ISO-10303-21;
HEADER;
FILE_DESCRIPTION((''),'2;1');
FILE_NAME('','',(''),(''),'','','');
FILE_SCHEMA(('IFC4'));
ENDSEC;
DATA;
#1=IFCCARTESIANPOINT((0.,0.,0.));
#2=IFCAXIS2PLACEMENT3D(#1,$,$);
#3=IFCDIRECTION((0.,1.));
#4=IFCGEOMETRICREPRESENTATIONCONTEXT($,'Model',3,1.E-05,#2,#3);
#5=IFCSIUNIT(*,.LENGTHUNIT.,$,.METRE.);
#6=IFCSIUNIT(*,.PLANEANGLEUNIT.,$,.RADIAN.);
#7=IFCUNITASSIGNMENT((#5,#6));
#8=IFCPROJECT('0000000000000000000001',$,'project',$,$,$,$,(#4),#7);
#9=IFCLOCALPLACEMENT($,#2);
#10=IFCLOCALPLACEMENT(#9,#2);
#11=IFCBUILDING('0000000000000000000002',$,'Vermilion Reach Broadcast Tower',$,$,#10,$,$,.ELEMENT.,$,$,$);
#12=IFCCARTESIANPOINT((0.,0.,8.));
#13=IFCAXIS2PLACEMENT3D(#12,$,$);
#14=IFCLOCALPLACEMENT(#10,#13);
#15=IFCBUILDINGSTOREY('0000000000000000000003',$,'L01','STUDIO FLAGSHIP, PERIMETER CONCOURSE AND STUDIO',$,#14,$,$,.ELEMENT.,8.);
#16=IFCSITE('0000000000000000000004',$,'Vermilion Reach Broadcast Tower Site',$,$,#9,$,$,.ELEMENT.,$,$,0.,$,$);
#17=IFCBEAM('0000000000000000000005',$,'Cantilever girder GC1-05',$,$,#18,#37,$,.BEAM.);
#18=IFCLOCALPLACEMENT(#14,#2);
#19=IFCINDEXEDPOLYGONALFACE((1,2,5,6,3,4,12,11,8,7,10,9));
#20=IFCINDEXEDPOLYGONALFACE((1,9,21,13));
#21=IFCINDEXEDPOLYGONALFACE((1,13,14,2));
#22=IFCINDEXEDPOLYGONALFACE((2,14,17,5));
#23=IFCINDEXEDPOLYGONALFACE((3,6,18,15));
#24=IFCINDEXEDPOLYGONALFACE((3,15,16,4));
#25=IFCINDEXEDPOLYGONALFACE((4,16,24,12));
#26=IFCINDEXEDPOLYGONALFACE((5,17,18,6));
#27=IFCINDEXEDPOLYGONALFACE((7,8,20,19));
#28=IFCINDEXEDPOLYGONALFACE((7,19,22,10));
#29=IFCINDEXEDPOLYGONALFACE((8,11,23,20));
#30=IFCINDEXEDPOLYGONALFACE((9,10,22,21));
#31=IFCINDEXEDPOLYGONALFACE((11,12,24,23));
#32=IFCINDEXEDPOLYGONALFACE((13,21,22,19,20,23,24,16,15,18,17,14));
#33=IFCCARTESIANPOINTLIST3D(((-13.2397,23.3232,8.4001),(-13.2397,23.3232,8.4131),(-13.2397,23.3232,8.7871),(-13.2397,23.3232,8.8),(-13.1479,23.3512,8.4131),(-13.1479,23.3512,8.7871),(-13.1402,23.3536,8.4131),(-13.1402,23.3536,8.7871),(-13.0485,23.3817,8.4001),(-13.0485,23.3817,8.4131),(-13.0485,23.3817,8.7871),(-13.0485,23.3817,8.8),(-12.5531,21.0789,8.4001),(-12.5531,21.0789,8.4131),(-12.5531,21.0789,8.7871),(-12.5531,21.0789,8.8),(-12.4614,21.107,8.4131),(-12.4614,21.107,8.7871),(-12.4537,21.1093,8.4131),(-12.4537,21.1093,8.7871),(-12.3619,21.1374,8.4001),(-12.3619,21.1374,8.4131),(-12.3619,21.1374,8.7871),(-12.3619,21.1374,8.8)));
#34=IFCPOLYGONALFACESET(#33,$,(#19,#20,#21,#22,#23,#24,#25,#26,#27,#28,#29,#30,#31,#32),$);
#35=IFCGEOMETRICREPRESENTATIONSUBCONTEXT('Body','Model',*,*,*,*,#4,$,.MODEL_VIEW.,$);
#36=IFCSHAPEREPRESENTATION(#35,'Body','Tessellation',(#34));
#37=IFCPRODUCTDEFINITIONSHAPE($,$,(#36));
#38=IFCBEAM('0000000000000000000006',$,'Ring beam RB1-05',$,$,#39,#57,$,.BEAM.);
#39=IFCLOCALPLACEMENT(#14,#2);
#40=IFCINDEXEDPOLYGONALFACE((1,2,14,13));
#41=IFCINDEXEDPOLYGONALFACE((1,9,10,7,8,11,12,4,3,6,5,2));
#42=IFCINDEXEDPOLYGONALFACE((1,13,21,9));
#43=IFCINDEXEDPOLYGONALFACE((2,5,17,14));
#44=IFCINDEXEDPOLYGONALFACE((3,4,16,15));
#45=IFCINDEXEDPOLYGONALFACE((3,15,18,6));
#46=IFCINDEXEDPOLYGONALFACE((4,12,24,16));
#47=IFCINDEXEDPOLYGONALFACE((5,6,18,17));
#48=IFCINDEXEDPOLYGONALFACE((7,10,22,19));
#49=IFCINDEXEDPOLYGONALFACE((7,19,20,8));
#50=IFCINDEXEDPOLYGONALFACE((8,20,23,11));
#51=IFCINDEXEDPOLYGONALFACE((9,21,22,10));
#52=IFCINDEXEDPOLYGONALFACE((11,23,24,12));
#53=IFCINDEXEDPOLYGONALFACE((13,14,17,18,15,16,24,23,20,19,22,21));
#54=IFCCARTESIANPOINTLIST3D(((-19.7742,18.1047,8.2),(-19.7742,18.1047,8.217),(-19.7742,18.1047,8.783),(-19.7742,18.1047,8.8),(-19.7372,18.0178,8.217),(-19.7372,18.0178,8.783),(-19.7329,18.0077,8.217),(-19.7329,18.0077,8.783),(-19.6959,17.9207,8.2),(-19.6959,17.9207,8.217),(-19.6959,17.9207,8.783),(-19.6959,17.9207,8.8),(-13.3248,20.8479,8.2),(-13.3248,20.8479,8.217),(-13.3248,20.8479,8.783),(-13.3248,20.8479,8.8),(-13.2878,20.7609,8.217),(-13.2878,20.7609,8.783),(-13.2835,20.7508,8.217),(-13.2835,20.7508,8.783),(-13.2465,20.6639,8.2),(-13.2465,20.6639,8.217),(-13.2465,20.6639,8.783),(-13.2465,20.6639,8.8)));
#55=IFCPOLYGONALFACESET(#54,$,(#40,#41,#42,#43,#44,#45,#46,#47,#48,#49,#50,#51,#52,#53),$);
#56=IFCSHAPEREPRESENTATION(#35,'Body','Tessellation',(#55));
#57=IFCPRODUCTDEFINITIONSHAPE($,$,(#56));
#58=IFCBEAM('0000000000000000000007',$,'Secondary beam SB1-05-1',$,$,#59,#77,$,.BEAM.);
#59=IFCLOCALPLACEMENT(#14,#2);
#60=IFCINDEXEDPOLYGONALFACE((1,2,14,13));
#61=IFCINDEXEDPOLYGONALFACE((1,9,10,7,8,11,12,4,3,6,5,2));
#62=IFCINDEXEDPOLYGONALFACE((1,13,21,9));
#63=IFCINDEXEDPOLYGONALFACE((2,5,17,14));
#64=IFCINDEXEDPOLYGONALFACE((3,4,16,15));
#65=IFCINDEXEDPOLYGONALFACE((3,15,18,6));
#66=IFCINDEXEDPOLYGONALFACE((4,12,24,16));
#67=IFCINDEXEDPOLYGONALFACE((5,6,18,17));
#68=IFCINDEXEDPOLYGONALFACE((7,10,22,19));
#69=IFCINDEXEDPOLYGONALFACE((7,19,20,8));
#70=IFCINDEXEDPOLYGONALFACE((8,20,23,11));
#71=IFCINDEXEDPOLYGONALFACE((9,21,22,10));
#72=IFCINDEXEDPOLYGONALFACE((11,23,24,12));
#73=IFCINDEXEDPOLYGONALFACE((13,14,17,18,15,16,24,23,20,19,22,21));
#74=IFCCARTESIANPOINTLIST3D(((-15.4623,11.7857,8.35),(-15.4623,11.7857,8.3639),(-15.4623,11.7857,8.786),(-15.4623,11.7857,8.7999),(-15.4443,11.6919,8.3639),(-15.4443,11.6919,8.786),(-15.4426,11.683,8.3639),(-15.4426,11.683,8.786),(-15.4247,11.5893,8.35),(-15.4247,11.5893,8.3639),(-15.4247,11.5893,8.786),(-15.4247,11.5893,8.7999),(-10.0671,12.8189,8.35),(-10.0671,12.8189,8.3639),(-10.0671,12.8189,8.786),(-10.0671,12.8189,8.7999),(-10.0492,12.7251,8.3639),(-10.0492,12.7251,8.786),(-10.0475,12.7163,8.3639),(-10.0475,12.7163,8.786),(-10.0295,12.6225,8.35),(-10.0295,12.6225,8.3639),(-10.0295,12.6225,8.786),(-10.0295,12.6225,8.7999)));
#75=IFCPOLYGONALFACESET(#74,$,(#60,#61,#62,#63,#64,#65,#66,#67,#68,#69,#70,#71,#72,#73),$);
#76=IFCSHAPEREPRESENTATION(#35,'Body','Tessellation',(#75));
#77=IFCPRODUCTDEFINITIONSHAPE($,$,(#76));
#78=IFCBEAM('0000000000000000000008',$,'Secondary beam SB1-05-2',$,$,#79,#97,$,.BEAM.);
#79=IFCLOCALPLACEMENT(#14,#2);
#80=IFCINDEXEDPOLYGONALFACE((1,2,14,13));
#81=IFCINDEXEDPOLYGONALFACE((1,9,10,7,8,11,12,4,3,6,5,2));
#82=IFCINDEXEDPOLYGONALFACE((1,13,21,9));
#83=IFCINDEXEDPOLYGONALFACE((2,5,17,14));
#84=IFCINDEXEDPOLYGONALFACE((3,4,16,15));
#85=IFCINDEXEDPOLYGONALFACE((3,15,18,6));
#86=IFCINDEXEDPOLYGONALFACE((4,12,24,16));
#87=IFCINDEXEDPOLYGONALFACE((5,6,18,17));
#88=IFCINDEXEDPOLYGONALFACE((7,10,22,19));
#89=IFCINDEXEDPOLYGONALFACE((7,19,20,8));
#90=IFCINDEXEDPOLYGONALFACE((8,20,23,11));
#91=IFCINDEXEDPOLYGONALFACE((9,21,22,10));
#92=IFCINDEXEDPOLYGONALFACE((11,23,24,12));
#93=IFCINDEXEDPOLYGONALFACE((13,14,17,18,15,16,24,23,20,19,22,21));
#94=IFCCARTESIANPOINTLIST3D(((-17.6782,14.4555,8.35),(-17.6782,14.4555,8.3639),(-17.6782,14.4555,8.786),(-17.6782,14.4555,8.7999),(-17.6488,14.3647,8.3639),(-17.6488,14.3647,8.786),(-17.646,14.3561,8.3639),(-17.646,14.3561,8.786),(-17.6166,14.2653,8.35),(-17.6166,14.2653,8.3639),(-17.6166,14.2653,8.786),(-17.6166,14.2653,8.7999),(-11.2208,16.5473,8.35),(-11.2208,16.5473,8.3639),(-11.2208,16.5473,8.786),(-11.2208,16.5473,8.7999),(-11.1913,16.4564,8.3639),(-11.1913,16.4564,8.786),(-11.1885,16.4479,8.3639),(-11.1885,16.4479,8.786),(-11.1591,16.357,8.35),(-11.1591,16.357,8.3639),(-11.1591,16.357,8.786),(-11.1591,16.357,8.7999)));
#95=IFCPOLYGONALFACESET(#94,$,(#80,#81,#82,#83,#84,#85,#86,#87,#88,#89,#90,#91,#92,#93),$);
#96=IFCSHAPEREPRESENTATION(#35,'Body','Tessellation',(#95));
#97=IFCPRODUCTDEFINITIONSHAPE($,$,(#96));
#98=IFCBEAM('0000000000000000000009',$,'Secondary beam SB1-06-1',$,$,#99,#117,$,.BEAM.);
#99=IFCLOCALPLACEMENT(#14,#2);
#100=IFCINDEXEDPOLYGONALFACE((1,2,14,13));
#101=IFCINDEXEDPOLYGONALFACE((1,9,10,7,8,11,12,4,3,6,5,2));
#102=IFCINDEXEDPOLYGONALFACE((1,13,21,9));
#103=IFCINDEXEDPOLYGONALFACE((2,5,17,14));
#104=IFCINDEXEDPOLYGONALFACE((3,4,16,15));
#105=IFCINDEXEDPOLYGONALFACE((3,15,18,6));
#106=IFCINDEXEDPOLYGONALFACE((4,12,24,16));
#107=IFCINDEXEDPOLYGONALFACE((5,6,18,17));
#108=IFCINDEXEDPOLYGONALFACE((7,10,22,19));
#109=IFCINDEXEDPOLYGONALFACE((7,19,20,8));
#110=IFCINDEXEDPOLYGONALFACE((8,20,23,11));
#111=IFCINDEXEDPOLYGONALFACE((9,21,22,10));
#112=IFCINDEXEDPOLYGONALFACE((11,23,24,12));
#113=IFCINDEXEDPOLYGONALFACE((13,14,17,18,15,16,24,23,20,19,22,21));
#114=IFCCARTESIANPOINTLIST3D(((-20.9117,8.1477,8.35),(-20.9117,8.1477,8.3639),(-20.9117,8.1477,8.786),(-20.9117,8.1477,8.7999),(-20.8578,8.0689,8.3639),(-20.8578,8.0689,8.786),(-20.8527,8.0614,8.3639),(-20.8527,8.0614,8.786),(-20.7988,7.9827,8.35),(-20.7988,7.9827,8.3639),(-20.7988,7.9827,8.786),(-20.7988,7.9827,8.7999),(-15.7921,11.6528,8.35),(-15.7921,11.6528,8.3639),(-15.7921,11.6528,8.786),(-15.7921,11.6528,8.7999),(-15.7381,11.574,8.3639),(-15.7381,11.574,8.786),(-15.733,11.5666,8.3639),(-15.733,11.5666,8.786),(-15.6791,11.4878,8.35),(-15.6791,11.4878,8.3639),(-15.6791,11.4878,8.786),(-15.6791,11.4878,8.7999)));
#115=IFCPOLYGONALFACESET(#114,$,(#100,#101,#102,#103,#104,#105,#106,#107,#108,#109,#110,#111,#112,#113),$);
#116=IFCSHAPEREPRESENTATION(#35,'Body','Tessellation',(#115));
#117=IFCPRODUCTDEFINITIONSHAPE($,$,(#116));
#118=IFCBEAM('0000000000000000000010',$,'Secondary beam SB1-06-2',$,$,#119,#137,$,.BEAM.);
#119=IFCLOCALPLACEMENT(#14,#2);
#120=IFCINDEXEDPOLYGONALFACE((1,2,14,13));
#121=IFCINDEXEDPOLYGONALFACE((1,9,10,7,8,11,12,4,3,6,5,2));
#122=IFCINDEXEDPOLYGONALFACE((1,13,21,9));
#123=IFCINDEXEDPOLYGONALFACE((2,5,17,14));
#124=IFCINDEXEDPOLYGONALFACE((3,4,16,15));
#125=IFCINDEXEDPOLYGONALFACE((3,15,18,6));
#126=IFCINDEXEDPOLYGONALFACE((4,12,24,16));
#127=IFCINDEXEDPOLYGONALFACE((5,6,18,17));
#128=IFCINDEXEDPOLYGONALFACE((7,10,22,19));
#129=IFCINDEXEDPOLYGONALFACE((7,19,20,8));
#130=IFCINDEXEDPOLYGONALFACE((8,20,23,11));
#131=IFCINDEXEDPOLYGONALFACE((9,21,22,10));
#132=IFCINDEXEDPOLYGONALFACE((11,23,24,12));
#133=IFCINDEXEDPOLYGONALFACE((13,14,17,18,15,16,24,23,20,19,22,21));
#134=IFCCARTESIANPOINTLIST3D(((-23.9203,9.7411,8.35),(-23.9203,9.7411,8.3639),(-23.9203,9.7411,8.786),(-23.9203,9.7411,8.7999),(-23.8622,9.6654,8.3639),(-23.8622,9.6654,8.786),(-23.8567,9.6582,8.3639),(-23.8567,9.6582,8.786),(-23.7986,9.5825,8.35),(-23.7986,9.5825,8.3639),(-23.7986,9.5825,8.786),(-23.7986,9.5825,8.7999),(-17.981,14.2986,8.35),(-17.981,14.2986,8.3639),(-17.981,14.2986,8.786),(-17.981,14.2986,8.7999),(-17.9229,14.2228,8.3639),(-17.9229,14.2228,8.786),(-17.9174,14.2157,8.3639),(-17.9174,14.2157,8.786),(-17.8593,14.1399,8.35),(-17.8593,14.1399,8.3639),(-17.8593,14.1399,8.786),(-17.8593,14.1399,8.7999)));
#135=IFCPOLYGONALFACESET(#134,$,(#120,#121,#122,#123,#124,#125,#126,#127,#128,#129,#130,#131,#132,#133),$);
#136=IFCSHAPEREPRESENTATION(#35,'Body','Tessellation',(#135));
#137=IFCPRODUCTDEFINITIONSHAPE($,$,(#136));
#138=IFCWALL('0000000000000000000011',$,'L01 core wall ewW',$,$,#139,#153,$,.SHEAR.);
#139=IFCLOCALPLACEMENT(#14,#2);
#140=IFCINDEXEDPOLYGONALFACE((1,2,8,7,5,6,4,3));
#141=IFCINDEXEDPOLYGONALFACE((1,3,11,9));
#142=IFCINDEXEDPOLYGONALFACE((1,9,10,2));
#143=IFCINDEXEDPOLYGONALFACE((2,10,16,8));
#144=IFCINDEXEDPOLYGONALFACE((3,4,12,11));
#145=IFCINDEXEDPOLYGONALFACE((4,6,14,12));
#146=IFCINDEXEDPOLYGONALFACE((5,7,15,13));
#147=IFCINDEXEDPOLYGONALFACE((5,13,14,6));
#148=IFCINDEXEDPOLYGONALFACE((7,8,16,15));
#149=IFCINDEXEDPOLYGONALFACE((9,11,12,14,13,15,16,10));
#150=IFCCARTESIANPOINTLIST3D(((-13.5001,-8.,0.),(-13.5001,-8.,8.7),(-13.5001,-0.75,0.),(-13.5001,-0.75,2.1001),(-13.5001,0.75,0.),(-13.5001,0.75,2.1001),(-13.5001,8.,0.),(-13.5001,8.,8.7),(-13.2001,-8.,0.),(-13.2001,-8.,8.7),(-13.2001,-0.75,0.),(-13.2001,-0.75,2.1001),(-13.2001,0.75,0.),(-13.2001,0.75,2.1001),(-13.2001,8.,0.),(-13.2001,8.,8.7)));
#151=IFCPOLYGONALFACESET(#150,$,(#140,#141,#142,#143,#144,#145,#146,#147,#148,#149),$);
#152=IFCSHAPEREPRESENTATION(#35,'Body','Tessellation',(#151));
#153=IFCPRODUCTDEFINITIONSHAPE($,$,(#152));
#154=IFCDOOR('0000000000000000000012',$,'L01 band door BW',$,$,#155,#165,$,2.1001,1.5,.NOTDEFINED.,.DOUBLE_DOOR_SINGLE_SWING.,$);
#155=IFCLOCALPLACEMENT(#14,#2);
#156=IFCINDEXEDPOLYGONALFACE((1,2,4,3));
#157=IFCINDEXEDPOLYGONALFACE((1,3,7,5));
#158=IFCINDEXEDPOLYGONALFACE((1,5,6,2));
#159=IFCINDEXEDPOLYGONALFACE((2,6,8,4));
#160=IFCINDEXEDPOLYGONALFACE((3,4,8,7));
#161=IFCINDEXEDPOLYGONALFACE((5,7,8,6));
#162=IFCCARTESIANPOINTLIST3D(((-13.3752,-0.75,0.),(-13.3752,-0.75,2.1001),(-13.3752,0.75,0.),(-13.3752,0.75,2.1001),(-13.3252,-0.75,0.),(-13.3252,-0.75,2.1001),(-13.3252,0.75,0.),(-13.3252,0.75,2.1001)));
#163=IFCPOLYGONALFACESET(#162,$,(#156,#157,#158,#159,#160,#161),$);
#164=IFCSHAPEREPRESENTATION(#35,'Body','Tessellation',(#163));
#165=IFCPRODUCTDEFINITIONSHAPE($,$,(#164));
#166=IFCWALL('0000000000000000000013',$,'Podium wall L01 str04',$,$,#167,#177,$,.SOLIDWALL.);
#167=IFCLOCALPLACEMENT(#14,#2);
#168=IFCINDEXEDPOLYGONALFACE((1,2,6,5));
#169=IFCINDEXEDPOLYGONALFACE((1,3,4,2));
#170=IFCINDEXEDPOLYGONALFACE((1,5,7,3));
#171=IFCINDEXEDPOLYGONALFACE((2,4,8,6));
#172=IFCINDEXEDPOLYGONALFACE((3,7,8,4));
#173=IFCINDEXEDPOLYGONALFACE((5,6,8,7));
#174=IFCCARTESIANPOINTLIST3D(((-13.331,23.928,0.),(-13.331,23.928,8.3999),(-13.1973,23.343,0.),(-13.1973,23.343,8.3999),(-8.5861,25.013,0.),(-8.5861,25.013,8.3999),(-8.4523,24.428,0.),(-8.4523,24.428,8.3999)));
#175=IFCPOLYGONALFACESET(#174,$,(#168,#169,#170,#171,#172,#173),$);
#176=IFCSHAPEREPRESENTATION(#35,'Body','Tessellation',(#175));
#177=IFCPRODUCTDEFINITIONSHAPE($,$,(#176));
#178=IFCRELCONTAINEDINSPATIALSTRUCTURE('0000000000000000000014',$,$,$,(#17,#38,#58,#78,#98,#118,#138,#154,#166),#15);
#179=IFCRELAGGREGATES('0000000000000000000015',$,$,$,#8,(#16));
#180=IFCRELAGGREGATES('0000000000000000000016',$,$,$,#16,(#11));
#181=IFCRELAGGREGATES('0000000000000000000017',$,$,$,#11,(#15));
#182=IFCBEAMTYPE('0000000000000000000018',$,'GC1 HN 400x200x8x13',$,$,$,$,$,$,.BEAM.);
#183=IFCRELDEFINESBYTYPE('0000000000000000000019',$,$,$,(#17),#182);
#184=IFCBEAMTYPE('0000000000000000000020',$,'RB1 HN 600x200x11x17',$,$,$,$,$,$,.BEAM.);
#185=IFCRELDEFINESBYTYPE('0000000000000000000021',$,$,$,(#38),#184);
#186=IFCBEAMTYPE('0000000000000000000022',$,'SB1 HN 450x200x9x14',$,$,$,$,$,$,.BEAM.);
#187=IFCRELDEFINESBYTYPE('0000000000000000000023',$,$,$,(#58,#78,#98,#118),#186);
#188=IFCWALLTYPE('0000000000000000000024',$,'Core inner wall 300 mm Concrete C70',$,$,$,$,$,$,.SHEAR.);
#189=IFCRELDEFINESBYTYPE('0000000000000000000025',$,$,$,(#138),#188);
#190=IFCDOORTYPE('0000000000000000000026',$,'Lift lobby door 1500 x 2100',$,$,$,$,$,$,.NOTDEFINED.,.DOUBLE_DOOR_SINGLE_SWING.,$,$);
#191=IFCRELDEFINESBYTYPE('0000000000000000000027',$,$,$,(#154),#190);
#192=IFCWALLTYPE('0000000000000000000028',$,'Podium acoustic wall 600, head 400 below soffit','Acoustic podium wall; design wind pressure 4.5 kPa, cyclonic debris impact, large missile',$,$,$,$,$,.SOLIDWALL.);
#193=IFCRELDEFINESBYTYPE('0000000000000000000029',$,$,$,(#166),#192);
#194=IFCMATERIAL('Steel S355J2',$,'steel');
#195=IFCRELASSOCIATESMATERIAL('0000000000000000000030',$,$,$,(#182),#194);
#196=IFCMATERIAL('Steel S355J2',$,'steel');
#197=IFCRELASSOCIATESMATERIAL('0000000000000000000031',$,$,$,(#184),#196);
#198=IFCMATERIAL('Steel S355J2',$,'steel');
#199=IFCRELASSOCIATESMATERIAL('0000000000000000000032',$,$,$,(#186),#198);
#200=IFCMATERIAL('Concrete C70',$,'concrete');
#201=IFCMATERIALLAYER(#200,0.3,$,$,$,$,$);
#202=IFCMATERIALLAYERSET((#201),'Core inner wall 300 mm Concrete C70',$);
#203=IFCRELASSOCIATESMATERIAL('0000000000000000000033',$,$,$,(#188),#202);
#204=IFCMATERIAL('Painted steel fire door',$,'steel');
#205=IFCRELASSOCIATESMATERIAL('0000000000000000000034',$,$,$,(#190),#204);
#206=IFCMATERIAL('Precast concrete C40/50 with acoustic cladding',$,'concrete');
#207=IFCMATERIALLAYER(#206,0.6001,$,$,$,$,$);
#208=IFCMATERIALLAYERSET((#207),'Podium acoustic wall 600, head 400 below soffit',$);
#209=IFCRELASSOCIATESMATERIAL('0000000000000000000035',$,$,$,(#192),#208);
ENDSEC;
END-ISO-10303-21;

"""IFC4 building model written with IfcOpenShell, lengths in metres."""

from ifc_helpers import new_model, si_unit, direction, frame, frame_2d, origin, origin_2d, place, context, subcontext, project, spatial, rectangle, i_section, extrude, material, layer, layer_set, material_profile, profile_set, type_object, element, fill, save


model = new_model("IFC4")

# Units and contexts
model_context = context("Model", 3, precision=1e-05, world=origin(), true_north=direction((0.0, 1.0)))
body_context = subcontext(model_context, "Body", "Model", "MODEL_VIEW")
ifc_project = project(units=[si_unit("LENGTHUNIT", "METRE"), si_unit("PLANEANGLEUNIT", "RADIAN")], contexts=[model_context])

# Site, building, storey
site_placement = place(None, origin())
site = spatial("IfcSite", under=ifc_project, at=site_placement, Name="Vermilion Reach Broadcast Tower Site", CompositionType="ELEMENT", RefElevation=0.0)
building_placement = place(site_placement, origin())
building = spatial("IfcBuilding", under=site, at=building_placement, Name="Vermilion Reach Broadcast Tower", CompositionType="ELEMENT")
storey_placement = place(building_placement, frame((0.0, 0.0, 8.0)))
storey = spatial("IfcBuildingStorey", under=building, at=storey_placement, Name="L01", Description="STUDIO FLAGSHIP, PERIMETER CONCOURSE AND STUDIO", CompositionType="ELEMENT", Elevation=8.0)

# Beams
ifc_material_1 = material(Name="Steel S355J2", Category="steel")
ifc_material_profile_1 = material_profile(ifc_material_1, i_section(OverallWidth=0.2, OverallDepth=0.3999, WebThickness=0.0081, FlangeThickness=0.0129, at=origin_2d()), Name="S355J2 HN 400x200x8x13")
ifc_profile_set_1 = profile_set([ifc_material_profile_1], Name="Steel S355J2")
beam_type_1 = type_object("IfcBeamType", Name="GC1 HN 400x200x8x13", PredefinedType="BEAM", material=ifc_profile_set_1)
beam_1_placement = place(storey_placement, frame((-12.4575, 21.1082, 8.6001), z_axis=(-0.292536, 0.956255, 0.0), x_axis=(-0.956255, -0.292536, 0.0)))
element("IfcBeam", 1, at=beam_1_placement, inside=storey, type_object=beam_type_1, Name="Cantilever girder GC1-05", PredefinedType="BEAM", context=body_context, shape_type="SweptSolid", body=[
    extrude(i_section(OverallWidth=0.2, OverallDepth=0.3999, WebThickness=0.0081, FlangeThickness=0.0129, at=origin_2d()), origin(), (0.0, 0.0, 1.0), 2.3469),
])
ifc_material_2 = material(Name="Steel S355J2", Category="steel")
ifc_material_profile_2 = material_profile(ifc_material_2, i_section(OverallWidth=0.2, OverallDepth=0.6001, WebThickness=0.011, FlangeThickness=0.0171, at=origin_2d()), Name="S355J2 HN 600x200x11x17")
ifc_profile_set_2 = profile_set([ifc_material_profile_2], Name="Steel S355J2")
beam_type_2 = type_object("IfcBeamType", Name="RB1 HN 600x200x11x17", PredefinedType="BEAM", material=ifc_profile_set_2)
beam_2_placement = place(storey_placement, frame((-13.2856, 20.7559, 8.5), z_axis=(-0.920221, -0.3914, 0.0), x_axis=(0.3914, -0.920221, 0.0)))
element("IfcBeam", 2, at=beam_2_placement, inside=storey, type_object=beam_type_2, Name="Ring beam RB1-05", PredefinedType="BEAM", context=body_context, shape_type="SweptSolid", body=[
    extrude(i_section(OverallWidth=0.2, OverallDepth=0.6001, WebThickness=0.011, FlangeThickness=0.0171, at=origin_2d()), origin(), (0.0, 0.0, 1.0), 7.0085),
])
ifc_material_3 = material(Name="Steel S355J2", Category="steel")
ifc_material_profile_3 = material_profile(ifc_material_3, i_section(OverallWidth=0.2, OverallDepth=0.45, WebThickness=0.009, FlangeThickness=0.0139, at=origin_2d()), Name="S355J2 HN 450x200x9x14")
ifc_profile_set_3 = profile_set([ifc_material_profile_3], Name="Steel S355J2")
beam_type_3 = type_object("IfcBeamType", Name="SB1 HN 450x200x9x14", PredefinedType="BEAM", material=ifc_profile_set_3)
beam_3_placement = place(storey_placement, frame((-10.0483, 12.7207, 8.575), z_axis=(-0.982151, -0.188092, 0.0), x_axis=(0.188092, -0.982151, 0.0)))
element("IfcBeam", 3, at=beam_3_placement, inside=storey, type_object=beam_type_3, Name="Secondary beam SB1-05-1", PredefinedType="BEAM", context=body_context, shape_type="SweptSolid", body=[
    extrude(i_section(OverallWidth=0.2, OverallDepth=0.45, WebThickness=0.009, FlangeThickness=0.0139, at=origin_2d()), origin(), (0.0, 0.0, 1.0), 5.4932),
])
beam_4_placement = place(storey_placement, frame((-11.1899, 16.4521, 8.575), z_axis=(-0.951332, -0.308167, 0.0), x_axis=(0.308167, -0.951332, 0.0)))
element("IfcBeam", 4, at=beam_4_placement, inside=storey, type_object=beam_type_3, Name="Secondary beam SB1-05-2", PredefinedType="BEAM", context=body_context, shape_type="SweptSolid", body=[
    extrude(i_section(OverallWidth=0.2, OverallDepth=0.45, WebThickness=0.009, FlangeThickness=0.0139, at=origin_2d()), origin(), (0.0, 0.0, 1.0), 6.7878),
])
beam_5_placement = place(storey_placement, frame((-15.7356, 11.5703, 8.575), z_axis=(-0.82514, -0.564928, 0.0), x_axis=(0.564928, -0.82514, 0.0)))
element("IfcBeam", 5, at=beam_5_placement, inside=storey, type_object=beam_type_3, Name="Secondary beam SB1-06-1", PredefinedType="BEAM", context=body_context, shape_type="SweptSolid", body=[
    extrude(i_section(OverallWidth=0.2, OverallDepth=0.45, WebThickness=0.009, FlangeThickness=0.0139, at=origin_2d()), origin(), (0.0, 0.0, 1.0), 6.2046),
])
beam_6_placement = place(storey_placement, frame((-17.9202, 14.2192, 8.575), z_axis=(-0.79335, -0.608766, 0.0), x_axis=(0.608766, -0.79335, 0.0)))
element("IfcBeam", 6, at=beam_6_placement, inside=storey, type_object=beam_type_3, Name="Secondary beam SB1-06-2", PredefinedType="BEAM", context=body_context, shape_type="SweptSolid", body=[
    extrude(i_section(OverallWidth=0.2, OverallDepth=0.45, WebThickness=0.009, FlangeThickness=0.0139, at=origin_2d()), origin(), (0.0, 0.0, 1.0), 7.4863),
])

# Wall, opening, door
ifc_material_4 = material(Name="Concrete C70", Category="concrete")
ifc_layer_1 = layer(ifc_material_4, 0.3)
ifc_layer_set_1 = layer_set([ifc_layer_1], Name="Core inner wall 300 mm Concrete C70")
wall_type_1 = type_object("IfcWallType", Name="Core inner wall 300 mm Concrete C70", PredefinedType="SHEAR", material=ifc_layer_set_1)
wall_1_placement = place(storey_placement, frame((-13.3501, 8.0, 0.0), z_axis=(0.0, 0.0, 1.0), x_axis=(0.0, -1.0, 0.0)))
wall_1 = element("IfcWall", 7, at=wall_1_placement, inside=storey, type_object=wall_type_1, Name="L01 core wall ewW", PredefinedType="SHEAR", context=body_context, shape_type="SweptSolid", body=[
    extrude(rectangle(XDim=16.0, YDim=0.3, at=frame_2d((8.0, 0.0))), origin(), (0.0, 0.0, 1.0), 8.7),
])
opening_1_placement = place(wall_1_placement, frame((7.25, 0.0, 0.0)))
opening_1 = element("IfcOpeningElement", 8, at=opening_1_placement, cuts=wall_1, PredefinedType="OPENING", context=body_context, shape_type="SweptSolid", body=[
    extrude(rectangle(XDim=1.5, YDim=2.1001, at=frame_2d((0.75, 1.05))), frame((0.0, 0.1599, 0.0), z_axis=(0.0, -1.0, 0.0), x_axis=(1.0, 0.0, 0.0)), (0.0, 0.0, 1.0), 0.3201),
])
ifc_material_5 = material(Name="Painted steel fire door", Category="steel")
door_type_1 = type_object("IfcDoorType", Name="Lift lobby door 1500 x 2100", OperationType="DOUBLE_DOOR_SINGLE_SWING", PredefinedType="NOTDEFINED", material=ifc_material_5)
door_1_placement = place(opening_1_placement, origin())
door_1 = element("IfcDoor", 9, at=door_1_placement, inside=storey, type_object=door_type_1, Name="L01 band door BW", OperationType="DOUBLE_DOOR_SINGLE_SWING", OverallHeight=2.1001, OverallWidth=1.5, PredefinedType="NOTDEFINED", context=body_context, shape_type="SweptSolid", body=[
    extrude(rectangle(XDim=1.5, YDim=2.1001, at=frame_2d((0.75, 1.05))), frame((0.0, 0.0249, 0.0), z_axis=(0.0, -1.0, 0.0), x_axis=(1.0, 0.0, 0.0)), (0.0, 0.0, 1.0), 0.05),
])
fill(opening_1, door_1)

# Wall
ifc_material_6 = material(Name="Precast concrete C40/50 with acoustic cladding", Category="concrete")
ifc_layer_2 = layer(ifc_material_6, 0.6001)
ifc_layer_set_2 = layer_set([ifc_layer_2], Name="Podium acoustic wall 600, head 400 below soffit")
wall_type_2 = type_object("IfcWallType", Name="Podium acoustic wall 600, head 400 below soffit", Description="Acoustic podium wall; design wind pressure 4.5 kPa, cyclonic debris impact, large missile", PredefinedType="SOLIDWALL", material=ifc_layer_set_2)
wall_2_placement = place(storey_placement, frame((-8.5193, 24.7205, 0.0), z_axis=(0.0, 0.0, 1.0), x_axis=(-0.97484, -0.222907, 0.0)))
element("IfcWall", 10, at=wall_2_placement, inside=storey, type_object=wall_type_2, Name="Podium wall L01 str04", PredefinedType="SOLIDWALL", context=body_context, shape_type="SweptSolid", body=[
    extrude(rectangle(XDim=4.8674, YDim=0.6001, at=frame_2d((2.4336, 0.0))), origin(), (0.0, 0.0, 1.0), 8.3999),
])

save(model, "model.ifc")
